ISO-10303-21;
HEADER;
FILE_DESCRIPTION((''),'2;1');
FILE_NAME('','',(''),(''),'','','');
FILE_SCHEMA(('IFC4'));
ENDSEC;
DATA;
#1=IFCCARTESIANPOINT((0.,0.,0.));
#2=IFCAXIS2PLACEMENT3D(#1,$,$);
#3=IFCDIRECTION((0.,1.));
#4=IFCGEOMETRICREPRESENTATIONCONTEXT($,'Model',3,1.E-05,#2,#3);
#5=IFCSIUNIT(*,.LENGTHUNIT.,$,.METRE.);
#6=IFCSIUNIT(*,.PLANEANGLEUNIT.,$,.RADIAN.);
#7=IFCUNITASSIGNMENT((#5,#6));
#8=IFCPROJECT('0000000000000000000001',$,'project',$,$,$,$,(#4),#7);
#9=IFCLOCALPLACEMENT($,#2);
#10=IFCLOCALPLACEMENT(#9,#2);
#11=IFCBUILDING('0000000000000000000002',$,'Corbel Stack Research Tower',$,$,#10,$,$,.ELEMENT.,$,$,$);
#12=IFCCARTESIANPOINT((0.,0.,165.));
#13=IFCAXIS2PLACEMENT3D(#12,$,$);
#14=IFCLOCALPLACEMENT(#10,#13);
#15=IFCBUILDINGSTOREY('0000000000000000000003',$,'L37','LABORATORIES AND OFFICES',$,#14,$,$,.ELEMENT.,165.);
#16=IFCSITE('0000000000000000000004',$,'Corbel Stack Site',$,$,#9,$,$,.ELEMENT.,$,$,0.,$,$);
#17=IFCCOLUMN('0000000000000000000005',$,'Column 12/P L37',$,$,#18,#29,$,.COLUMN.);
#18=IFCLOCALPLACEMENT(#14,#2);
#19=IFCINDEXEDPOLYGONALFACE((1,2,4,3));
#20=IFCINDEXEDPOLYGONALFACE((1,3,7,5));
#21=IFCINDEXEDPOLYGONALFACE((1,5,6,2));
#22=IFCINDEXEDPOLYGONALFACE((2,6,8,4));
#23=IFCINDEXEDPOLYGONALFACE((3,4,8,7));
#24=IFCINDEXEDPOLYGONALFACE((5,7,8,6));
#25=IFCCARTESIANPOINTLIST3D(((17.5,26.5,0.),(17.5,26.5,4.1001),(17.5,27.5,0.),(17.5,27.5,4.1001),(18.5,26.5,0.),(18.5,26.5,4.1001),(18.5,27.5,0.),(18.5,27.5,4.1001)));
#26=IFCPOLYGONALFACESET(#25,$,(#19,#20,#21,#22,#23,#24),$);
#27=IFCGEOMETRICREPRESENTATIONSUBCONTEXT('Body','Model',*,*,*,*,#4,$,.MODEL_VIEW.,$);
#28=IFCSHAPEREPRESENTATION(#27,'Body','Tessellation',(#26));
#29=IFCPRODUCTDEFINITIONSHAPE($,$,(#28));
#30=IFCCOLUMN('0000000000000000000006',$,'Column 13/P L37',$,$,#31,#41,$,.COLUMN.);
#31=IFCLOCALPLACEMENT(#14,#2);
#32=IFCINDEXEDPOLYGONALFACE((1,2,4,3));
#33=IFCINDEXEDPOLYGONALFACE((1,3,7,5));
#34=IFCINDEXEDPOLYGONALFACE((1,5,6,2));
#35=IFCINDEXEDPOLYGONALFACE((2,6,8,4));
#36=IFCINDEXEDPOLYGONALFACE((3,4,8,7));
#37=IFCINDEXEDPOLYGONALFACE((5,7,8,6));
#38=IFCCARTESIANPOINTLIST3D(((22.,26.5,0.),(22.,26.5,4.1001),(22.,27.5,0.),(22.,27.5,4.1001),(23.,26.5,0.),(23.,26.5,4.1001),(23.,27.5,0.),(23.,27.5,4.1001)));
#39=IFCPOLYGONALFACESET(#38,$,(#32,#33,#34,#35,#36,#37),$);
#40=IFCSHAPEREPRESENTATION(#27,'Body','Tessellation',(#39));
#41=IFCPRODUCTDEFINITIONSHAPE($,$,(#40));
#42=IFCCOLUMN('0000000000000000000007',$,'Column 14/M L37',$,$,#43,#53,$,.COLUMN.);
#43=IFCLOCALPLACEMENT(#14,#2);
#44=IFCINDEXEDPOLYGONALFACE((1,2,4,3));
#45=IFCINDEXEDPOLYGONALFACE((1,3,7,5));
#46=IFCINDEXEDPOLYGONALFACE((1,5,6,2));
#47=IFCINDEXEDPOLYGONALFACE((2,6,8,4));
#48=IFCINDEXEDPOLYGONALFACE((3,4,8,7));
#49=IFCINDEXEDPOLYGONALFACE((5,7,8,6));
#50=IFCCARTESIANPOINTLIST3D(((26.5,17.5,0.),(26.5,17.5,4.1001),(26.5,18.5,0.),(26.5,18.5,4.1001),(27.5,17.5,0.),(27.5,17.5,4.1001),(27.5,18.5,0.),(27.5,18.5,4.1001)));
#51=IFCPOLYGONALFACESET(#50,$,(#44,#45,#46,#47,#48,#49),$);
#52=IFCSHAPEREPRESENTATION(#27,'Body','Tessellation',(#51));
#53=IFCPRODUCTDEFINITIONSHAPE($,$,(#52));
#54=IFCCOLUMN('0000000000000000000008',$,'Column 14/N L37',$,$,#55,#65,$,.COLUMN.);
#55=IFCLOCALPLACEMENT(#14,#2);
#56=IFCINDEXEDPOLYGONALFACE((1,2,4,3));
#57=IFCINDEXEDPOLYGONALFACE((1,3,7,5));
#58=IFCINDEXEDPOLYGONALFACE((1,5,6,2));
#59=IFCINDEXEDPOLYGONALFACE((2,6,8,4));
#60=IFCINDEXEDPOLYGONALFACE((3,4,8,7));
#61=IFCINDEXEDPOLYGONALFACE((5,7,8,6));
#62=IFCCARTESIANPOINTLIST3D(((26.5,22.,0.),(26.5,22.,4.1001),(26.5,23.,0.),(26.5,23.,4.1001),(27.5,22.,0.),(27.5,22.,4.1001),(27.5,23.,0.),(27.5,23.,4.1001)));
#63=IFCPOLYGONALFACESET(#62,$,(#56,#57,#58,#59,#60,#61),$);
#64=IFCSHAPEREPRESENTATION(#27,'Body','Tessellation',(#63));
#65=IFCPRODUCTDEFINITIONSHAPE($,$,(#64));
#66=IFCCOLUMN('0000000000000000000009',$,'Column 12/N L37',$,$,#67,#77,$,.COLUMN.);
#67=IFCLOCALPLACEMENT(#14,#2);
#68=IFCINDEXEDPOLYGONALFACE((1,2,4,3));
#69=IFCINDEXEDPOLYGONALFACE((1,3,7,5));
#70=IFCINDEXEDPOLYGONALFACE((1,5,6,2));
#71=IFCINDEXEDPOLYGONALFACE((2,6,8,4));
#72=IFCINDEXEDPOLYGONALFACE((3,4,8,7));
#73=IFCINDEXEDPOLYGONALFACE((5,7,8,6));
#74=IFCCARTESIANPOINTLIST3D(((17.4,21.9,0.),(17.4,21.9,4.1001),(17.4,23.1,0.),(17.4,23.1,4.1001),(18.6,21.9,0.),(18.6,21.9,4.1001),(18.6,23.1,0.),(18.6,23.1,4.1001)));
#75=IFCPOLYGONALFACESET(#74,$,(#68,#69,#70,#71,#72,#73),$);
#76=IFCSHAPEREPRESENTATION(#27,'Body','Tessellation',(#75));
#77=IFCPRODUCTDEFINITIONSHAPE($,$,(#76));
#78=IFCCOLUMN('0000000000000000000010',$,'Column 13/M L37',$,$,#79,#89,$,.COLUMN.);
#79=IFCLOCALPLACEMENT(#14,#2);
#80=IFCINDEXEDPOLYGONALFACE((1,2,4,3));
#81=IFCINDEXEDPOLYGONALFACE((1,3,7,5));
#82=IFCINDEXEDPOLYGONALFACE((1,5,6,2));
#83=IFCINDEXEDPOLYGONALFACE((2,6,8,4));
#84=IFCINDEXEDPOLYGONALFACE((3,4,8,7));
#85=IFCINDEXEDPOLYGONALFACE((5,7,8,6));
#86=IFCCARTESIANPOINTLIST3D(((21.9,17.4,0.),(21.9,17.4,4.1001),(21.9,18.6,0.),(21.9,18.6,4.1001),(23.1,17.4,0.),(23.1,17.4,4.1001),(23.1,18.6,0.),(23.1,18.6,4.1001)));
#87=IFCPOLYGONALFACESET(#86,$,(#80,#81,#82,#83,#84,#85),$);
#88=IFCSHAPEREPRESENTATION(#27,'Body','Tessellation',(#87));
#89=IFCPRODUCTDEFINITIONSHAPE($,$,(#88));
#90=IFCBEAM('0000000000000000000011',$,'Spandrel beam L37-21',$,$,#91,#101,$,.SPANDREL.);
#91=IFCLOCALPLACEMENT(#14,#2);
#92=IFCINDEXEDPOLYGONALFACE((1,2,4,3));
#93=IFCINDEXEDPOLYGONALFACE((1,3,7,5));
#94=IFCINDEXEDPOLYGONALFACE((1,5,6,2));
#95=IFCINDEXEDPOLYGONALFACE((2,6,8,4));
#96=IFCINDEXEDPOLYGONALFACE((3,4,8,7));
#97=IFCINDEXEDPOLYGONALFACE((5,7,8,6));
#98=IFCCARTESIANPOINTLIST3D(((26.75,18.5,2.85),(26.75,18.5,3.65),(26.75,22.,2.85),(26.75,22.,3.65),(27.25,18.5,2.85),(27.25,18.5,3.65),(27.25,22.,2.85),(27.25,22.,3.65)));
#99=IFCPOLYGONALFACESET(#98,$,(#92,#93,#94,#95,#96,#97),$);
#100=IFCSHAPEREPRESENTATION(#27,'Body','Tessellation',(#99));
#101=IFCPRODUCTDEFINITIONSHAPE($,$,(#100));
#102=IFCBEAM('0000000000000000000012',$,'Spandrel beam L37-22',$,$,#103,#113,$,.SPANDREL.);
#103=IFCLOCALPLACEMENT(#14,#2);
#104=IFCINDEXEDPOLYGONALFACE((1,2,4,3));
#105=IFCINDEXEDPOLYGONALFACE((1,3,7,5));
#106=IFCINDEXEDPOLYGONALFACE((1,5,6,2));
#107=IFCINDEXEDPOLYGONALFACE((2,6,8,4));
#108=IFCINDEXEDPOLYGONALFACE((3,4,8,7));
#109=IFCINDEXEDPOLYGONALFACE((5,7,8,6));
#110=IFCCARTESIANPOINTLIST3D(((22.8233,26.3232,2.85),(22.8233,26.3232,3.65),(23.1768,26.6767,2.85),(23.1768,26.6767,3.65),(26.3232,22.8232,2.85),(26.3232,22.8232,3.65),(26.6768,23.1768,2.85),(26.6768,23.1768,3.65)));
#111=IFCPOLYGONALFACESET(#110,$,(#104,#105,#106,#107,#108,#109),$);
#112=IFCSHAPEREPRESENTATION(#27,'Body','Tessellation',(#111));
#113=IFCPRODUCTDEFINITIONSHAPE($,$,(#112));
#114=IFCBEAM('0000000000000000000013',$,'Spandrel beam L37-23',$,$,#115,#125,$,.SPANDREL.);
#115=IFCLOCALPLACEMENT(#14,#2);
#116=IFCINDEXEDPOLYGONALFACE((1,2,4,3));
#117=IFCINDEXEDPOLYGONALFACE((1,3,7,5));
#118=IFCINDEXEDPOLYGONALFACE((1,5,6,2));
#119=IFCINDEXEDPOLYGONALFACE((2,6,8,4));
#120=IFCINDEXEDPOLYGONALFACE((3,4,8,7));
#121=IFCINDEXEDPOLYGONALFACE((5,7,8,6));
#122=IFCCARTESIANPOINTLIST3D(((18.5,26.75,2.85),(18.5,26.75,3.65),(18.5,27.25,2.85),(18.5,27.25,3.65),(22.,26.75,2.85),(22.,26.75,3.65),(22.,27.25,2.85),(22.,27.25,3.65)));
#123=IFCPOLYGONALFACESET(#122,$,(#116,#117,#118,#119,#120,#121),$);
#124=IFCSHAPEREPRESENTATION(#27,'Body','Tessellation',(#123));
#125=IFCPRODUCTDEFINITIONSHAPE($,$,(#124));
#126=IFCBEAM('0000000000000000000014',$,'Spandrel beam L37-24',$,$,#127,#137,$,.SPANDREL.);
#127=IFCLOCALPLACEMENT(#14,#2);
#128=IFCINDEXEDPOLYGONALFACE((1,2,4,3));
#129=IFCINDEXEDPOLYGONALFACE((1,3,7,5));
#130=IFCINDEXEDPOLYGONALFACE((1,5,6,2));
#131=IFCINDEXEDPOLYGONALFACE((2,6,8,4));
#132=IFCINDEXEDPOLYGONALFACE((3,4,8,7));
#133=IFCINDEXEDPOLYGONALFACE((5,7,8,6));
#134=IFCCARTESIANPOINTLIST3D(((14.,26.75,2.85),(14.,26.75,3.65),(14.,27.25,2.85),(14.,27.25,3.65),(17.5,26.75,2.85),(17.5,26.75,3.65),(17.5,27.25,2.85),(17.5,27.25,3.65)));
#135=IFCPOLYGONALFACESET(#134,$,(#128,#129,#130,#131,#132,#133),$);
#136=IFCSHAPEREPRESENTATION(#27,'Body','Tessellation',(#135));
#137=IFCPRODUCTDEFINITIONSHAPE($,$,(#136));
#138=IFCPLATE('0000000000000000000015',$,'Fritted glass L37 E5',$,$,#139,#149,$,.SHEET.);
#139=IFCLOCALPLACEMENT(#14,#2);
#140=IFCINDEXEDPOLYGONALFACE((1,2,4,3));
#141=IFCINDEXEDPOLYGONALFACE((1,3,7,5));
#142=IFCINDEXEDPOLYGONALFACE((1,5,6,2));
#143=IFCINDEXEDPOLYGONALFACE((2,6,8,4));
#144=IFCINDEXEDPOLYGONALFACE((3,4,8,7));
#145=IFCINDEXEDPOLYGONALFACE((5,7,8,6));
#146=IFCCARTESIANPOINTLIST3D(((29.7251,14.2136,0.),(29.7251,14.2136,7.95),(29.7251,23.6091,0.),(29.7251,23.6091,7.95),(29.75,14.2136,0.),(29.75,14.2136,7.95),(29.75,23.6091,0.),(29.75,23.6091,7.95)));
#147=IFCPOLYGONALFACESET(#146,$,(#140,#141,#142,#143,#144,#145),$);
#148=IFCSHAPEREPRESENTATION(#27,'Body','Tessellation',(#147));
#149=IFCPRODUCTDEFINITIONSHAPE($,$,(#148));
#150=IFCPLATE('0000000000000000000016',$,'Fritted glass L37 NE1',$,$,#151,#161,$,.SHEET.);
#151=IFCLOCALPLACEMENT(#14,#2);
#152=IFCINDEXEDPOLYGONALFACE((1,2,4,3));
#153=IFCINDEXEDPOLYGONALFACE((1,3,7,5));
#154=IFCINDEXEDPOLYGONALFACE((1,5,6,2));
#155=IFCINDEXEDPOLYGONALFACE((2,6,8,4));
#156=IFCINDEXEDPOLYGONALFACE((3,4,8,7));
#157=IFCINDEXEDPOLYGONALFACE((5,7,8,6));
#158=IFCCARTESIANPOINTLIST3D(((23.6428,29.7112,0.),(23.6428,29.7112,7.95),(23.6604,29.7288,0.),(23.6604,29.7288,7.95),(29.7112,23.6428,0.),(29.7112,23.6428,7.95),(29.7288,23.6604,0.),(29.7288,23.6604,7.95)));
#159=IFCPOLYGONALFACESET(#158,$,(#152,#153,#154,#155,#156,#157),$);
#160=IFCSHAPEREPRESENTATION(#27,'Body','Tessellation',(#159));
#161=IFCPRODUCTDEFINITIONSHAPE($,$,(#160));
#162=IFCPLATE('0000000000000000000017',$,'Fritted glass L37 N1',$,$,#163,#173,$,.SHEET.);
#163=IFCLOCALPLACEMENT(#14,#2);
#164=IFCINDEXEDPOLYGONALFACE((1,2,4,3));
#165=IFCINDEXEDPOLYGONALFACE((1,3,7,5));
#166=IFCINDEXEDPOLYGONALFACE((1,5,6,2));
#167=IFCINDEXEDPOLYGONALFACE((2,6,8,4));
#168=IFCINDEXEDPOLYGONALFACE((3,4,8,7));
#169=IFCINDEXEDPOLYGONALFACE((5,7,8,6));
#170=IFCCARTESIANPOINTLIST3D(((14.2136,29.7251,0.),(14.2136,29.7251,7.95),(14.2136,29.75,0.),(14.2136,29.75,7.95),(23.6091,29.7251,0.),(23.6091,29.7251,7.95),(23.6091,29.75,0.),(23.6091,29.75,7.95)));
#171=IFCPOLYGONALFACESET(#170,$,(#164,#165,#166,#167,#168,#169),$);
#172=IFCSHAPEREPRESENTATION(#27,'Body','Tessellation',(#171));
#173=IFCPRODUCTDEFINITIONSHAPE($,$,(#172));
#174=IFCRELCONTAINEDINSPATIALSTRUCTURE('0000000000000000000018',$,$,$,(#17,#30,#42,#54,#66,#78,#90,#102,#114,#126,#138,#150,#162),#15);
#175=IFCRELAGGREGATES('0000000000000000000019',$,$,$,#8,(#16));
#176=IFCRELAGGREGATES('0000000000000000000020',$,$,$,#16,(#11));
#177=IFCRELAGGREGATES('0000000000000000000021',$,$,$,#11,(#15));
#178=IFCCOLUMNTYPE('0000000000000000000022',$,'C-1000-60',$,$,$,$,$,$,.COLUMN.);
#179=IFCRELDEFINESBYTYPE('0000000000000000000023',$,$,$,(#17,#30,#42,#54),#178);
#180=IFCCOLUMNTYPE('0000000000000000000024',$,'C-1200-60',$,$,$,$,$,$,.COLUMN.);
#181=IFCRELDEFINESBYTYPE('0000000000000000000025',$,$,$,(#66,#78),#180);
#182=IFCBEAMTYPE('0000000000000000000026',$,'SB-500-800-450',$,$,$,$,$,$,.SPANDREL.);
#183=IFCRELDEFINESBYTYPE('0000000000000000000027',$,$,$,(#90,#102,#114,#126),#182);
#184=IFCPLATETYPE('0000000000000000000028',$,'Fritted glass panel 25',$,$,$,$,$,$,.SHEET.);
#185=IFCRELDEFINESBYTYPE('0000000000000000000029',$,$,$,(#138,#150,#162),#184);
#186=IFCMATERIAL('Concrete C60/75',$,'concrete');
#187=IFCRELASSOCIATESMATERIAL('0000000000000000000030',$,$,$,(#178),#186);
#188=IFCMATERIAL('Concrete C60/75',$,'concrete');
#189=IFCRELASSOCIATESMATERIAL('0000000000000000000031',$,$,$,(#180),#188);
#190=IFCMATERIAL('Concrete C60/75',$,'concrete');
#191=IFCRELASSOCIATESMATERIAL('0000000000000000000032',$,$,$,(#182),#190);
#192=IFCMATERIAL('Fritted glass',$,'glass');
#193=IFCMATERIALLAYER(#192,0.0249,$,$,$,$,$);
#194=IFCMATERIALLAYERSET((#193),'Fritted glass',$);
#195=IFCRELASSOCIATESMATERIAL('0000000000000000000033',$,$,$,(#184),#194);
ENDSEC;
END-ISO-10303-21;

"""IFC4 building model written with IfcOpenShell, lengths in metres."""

from ifc_helpers import new_model, si_unit, direction, frame, origin, origin_2d, place, context, subcontext, project, spatial, rectangle, extrude, material, layer, layer_set, material_profile, profile_set, type_object, element, save


model = new_model("IFC4")

# Units and contexts
model_context = context("Model", 3, precision=1e-05, world=origin(), true_north=direction((0.0, 1.0)))
body_context = subcontext(model_context, "Body", "Model", "MODEL_VIEW")
ifc_project = project(units=[si_unit("LENGTHUNIT", "METRE"), si_unit("PLANEANGLEUNIT", "RADIAN")], contexts=[model_context])

# Site, building, storey
site_placement = place(None, origin())
site = spatial("IfcSite", under=ifc_project, at=site_placement, Name="Corbel Stack Site", CompositionType="ELEMENT", RefElevation=0.0)
building_placement = place(site_placement, origin())
building = spatial("IfcBuilding", under=site, at=building_placement, Name="Corbel Stack Research Tower", CompositionType="ELEMENT")
storey_placement = place(building_placement, frame((0.0, 0.0, 165.0)))
storey = spatial("IfcBuildingStorey", under=building, at=storey_placement, Name="L37", Description="LABORATORIES AND OFFICES", CompositionType="ELEMENT", Elevation=165.0)

# Columns
ifc_material_1 = material(Name="Concrete C60/75", Category="concrete")
ifc_material_profile_1 = material_profile(ifc_material_1, rectangle(XDim=1.0, YDim=1.0, at=origin_2d()), Name="RC 1000 x 1000")
ifc_profile_set_1 = profile_set([ifc_material_profile_1], Name="Concrete C60/75")
column_type_1 = type_object("IfcColumnType", Name="C-1000-60", PredefinedType="COLUMN", material=ifc_profile_set_1)
for number, where, z_axis, x_axis, name in (
    (1, (18.0, 27.0, 0.0), (0.0, 0.0, 1.0), (1.0, 0.0, 0.0), "Column 12/P L37"),
    (2, (22.5, 27.0, 0.0), (0.0, 0.0, 1.0), (1.0, 0.0, 0.0), "Column 13/P L37"),
    (3, (27.0, 18.0, 0.0), (0.0, 0.0, 1.0), (1.0, 0.0, 0.0), "Column 14/M L37"),
    (4, (27.0, 22.5, 0.0), (0.0, 0.0, 1.0), (1.0, 0.0, 0.0), "Column 14/N L37"),
):
    element("IfcColumn", number, at=place(storey_placement, frame(where, z_axis=z_axis, x_axis=x_axis)), inside=storey, type_object=column_type_1, Name=name, PredefinedType="COLUMN", context=body_context, shape_type="SweptSolid", body=[
        extrude(rectangle(XDim=1.0, YDim=1.0, at=origin_2d()), origin(), (0.0, 0.0, 1.0), 4.1001),
    ])
ifc_material_2 = material(Name="Concrete C60/75", Category="concrete")
ifc_material_profile_2 = material_profile(ifc_material_2, rectangle(XDim=1.2, YDim=1.2, at=origin_2d()), Name="RC 1200 x 1200")
ifc_profile_set_2 = profile_set([ifc_material_profile_2], Name="Concrete C60/75")
column_type_2 = type_object("IfcColumnType", Name="C-1200-60", PredefinedType="COLUMN", material=ifc_profile_set_2)
for number, where, z_axis, x_axis, name in (
    (5, (18.0, 22.5, 0.0), (0.0, 0.0, 1.0), (1.0, 0.0, 0.0), "Column 12/N L37"),
    (6, (22.5, 18.0, 0.0), (0.0, 0.0, 1.0), (1.0, 0.0, 0.0), "Column 13/M L37"),
):
    element("IfcColumn", number, at=place(storey_placement, frame(where, z_axis=z_axis, x_axis=x_axis)), inside=storey, type_object=column_type_2, Name=name, PredefinedType="COLUMN", context=body_context, shape_type="SweptSolid", body=[
        extrude(rectangle(XDim=1.2, YDim=1.2, at=origin_2d()), origin(), (0.0, 0.0, 1.0), 4.1001),
    ])

# Beams
ifc_material_3 = material(Name="Concrete C60/75", Category="concrete")
ifc_material_profile_3 = material_profile(ifc_material_3, rectangle(XDim=0.5, YDim=0.8, at=origin_2d()), Name="RC 500 x 800")
ifc_profile_set_3 = profile_set([ifc_material_profile_3], Name="Concrete C60/75")
beam_type = type_object("IfcBeamType", Name="SB-500-800-450", PredefinedType="SPANDREL", material=ifc_profile_set_3)
beam_1_placement = place(storey_placement, frame((27.0, 18.5, 3.25), z_axis=(0.0, 1.0, 0.0), x_axis=(-1.0, 0.0, 0.0)))
element("IfcBeam", 7, at=beam_1_placement, inside=storey, type_object=beam_type, Name="Spandrel beam L37-21", PredefinedType="SPANDREL", context=body_context, shape_type="SweptSolid", body=[
    extrude(rectangle(XDim=0.5, YDim=0.8, at=origin_2d()), origin(), (0.0, 0.0, 1.0), 3.5),
])
beam_2_placement = place(storey_placement, frame((26.5, 23.0, 3.25), z_axis=(-0.707107, 0.707107, 0.0), x_axis=(-0.707107, -0.707107, 0.0)))
element("IfcBeam", 8, at=beam_2_placement, inside=storey, type_object=beam_type, Name="Spandrel beam L37-22", PredefinedType="SPANDREL", context=body_context, shape_type="SweptSolid", body=[
    extrude(rectangle(XDim=0.5, YDim=0.8, at=origin_2d()), origin(), (0.0, 0.0, 1.0), 4.9497),
])
for number, where, z_axis, x_axis, name in (
    (9, (22.0, 27.0, 3.25), (-1.0, 0.0, 0.0), (0.0, -1.0, 0.0), "Spandrel beam L37-23"),
    (10, (17.5, 27.0, 3.25), (-1.0, 0.0, 0.0), (0.0, -1.0, 0.0), "Spandrel beam L37-24"),
):
    element("IfcBeam", number, at=place(storey_placement, frame(where, z_axis=z_axis, x_axis=x_axis)), inside=storey, type_object=beam_type, Name=name, PredefinedType="SPANDREL", context=body_context, shape_type="SweptSolid", body=[
        extrude(rectangle(XDim=0.5, YDim=0.8, at=origin_2d()), origin(), (0.0, 0.0, 1.0), 3.5),
    ])

# Plates
ifc_material_4 = material(Name="Fritted glass", Category="glass")
ifc_layer_1 = layer(ifc_material_4, 0.0249)
ifc_layer_set_1 = layer_set([ifc_layer_1], Name="Fritted glass")
plate_type = type_object("IfcPlateType", Name="Fritted glass panel 25", PredefinedType="SHEET", material=ifc_layer_set_1)
plate_1_placement = place(storey_placement, frame((29.7375, 18.9114, 0.0), z_axis=(0.0, 0.0, 1.0), x_axis=(0.0, 1.0, 0.0)))
element("IfcPlate", 11, at=plate_1_placement, inside=storey, type_object=plate_type, Name="Fritted glass L37 E5", PredefinedType="SHEET", context=body_context, shape_type="SweptSolid", body=[
    extrude(rectangle(XDim=9.3955, YDim=0.0249, at=origin_2d()), origin(), (0.0, 0.0, 1.0), 7.95),
])
plate_2_placement = place(storey_placement, frame((26.6858, 26.6858, 0.0), z_axis=(0.0, 0.0, 1.0), x_axis=(-0.707107, 0.707107, 0.0)))
element("IfcPlate", 12, at=plate_2_placement, inside=storey, type_object=plate_type, Name="Fritted glass L37 NE1", PredefinedType="SHEET", context=body_context, shape_type="SweptSolid", body=[
    extrude(rectangle(XDim=8.582, YDim=0.0249, at=origin_2d()), origin(), (0.0, 0.0, 1.0), 7.95),
])
plate_3_placement = place(storey_placement, frame((18.9114, 29.7375, 0.0), z_axis=(0.0, 0.0, 1.0), x_axis=(-1.0, 0.0, 0.0)))
element("IfcPlate", 13, at=plate_3_placement, inside=storey, type_object=plate_type, Name="Fritted glass L37 N1", PredefinedType="SHEET", context=body_context, shape_type="SweptSolid", body=[
    extrude(rectangle(XDim=9.3955, YDim=0.0249, at=origin_2d()), origin(), (0.0, 0.0, 1.0), 7.95),
])

save(model, "model.ifc")
